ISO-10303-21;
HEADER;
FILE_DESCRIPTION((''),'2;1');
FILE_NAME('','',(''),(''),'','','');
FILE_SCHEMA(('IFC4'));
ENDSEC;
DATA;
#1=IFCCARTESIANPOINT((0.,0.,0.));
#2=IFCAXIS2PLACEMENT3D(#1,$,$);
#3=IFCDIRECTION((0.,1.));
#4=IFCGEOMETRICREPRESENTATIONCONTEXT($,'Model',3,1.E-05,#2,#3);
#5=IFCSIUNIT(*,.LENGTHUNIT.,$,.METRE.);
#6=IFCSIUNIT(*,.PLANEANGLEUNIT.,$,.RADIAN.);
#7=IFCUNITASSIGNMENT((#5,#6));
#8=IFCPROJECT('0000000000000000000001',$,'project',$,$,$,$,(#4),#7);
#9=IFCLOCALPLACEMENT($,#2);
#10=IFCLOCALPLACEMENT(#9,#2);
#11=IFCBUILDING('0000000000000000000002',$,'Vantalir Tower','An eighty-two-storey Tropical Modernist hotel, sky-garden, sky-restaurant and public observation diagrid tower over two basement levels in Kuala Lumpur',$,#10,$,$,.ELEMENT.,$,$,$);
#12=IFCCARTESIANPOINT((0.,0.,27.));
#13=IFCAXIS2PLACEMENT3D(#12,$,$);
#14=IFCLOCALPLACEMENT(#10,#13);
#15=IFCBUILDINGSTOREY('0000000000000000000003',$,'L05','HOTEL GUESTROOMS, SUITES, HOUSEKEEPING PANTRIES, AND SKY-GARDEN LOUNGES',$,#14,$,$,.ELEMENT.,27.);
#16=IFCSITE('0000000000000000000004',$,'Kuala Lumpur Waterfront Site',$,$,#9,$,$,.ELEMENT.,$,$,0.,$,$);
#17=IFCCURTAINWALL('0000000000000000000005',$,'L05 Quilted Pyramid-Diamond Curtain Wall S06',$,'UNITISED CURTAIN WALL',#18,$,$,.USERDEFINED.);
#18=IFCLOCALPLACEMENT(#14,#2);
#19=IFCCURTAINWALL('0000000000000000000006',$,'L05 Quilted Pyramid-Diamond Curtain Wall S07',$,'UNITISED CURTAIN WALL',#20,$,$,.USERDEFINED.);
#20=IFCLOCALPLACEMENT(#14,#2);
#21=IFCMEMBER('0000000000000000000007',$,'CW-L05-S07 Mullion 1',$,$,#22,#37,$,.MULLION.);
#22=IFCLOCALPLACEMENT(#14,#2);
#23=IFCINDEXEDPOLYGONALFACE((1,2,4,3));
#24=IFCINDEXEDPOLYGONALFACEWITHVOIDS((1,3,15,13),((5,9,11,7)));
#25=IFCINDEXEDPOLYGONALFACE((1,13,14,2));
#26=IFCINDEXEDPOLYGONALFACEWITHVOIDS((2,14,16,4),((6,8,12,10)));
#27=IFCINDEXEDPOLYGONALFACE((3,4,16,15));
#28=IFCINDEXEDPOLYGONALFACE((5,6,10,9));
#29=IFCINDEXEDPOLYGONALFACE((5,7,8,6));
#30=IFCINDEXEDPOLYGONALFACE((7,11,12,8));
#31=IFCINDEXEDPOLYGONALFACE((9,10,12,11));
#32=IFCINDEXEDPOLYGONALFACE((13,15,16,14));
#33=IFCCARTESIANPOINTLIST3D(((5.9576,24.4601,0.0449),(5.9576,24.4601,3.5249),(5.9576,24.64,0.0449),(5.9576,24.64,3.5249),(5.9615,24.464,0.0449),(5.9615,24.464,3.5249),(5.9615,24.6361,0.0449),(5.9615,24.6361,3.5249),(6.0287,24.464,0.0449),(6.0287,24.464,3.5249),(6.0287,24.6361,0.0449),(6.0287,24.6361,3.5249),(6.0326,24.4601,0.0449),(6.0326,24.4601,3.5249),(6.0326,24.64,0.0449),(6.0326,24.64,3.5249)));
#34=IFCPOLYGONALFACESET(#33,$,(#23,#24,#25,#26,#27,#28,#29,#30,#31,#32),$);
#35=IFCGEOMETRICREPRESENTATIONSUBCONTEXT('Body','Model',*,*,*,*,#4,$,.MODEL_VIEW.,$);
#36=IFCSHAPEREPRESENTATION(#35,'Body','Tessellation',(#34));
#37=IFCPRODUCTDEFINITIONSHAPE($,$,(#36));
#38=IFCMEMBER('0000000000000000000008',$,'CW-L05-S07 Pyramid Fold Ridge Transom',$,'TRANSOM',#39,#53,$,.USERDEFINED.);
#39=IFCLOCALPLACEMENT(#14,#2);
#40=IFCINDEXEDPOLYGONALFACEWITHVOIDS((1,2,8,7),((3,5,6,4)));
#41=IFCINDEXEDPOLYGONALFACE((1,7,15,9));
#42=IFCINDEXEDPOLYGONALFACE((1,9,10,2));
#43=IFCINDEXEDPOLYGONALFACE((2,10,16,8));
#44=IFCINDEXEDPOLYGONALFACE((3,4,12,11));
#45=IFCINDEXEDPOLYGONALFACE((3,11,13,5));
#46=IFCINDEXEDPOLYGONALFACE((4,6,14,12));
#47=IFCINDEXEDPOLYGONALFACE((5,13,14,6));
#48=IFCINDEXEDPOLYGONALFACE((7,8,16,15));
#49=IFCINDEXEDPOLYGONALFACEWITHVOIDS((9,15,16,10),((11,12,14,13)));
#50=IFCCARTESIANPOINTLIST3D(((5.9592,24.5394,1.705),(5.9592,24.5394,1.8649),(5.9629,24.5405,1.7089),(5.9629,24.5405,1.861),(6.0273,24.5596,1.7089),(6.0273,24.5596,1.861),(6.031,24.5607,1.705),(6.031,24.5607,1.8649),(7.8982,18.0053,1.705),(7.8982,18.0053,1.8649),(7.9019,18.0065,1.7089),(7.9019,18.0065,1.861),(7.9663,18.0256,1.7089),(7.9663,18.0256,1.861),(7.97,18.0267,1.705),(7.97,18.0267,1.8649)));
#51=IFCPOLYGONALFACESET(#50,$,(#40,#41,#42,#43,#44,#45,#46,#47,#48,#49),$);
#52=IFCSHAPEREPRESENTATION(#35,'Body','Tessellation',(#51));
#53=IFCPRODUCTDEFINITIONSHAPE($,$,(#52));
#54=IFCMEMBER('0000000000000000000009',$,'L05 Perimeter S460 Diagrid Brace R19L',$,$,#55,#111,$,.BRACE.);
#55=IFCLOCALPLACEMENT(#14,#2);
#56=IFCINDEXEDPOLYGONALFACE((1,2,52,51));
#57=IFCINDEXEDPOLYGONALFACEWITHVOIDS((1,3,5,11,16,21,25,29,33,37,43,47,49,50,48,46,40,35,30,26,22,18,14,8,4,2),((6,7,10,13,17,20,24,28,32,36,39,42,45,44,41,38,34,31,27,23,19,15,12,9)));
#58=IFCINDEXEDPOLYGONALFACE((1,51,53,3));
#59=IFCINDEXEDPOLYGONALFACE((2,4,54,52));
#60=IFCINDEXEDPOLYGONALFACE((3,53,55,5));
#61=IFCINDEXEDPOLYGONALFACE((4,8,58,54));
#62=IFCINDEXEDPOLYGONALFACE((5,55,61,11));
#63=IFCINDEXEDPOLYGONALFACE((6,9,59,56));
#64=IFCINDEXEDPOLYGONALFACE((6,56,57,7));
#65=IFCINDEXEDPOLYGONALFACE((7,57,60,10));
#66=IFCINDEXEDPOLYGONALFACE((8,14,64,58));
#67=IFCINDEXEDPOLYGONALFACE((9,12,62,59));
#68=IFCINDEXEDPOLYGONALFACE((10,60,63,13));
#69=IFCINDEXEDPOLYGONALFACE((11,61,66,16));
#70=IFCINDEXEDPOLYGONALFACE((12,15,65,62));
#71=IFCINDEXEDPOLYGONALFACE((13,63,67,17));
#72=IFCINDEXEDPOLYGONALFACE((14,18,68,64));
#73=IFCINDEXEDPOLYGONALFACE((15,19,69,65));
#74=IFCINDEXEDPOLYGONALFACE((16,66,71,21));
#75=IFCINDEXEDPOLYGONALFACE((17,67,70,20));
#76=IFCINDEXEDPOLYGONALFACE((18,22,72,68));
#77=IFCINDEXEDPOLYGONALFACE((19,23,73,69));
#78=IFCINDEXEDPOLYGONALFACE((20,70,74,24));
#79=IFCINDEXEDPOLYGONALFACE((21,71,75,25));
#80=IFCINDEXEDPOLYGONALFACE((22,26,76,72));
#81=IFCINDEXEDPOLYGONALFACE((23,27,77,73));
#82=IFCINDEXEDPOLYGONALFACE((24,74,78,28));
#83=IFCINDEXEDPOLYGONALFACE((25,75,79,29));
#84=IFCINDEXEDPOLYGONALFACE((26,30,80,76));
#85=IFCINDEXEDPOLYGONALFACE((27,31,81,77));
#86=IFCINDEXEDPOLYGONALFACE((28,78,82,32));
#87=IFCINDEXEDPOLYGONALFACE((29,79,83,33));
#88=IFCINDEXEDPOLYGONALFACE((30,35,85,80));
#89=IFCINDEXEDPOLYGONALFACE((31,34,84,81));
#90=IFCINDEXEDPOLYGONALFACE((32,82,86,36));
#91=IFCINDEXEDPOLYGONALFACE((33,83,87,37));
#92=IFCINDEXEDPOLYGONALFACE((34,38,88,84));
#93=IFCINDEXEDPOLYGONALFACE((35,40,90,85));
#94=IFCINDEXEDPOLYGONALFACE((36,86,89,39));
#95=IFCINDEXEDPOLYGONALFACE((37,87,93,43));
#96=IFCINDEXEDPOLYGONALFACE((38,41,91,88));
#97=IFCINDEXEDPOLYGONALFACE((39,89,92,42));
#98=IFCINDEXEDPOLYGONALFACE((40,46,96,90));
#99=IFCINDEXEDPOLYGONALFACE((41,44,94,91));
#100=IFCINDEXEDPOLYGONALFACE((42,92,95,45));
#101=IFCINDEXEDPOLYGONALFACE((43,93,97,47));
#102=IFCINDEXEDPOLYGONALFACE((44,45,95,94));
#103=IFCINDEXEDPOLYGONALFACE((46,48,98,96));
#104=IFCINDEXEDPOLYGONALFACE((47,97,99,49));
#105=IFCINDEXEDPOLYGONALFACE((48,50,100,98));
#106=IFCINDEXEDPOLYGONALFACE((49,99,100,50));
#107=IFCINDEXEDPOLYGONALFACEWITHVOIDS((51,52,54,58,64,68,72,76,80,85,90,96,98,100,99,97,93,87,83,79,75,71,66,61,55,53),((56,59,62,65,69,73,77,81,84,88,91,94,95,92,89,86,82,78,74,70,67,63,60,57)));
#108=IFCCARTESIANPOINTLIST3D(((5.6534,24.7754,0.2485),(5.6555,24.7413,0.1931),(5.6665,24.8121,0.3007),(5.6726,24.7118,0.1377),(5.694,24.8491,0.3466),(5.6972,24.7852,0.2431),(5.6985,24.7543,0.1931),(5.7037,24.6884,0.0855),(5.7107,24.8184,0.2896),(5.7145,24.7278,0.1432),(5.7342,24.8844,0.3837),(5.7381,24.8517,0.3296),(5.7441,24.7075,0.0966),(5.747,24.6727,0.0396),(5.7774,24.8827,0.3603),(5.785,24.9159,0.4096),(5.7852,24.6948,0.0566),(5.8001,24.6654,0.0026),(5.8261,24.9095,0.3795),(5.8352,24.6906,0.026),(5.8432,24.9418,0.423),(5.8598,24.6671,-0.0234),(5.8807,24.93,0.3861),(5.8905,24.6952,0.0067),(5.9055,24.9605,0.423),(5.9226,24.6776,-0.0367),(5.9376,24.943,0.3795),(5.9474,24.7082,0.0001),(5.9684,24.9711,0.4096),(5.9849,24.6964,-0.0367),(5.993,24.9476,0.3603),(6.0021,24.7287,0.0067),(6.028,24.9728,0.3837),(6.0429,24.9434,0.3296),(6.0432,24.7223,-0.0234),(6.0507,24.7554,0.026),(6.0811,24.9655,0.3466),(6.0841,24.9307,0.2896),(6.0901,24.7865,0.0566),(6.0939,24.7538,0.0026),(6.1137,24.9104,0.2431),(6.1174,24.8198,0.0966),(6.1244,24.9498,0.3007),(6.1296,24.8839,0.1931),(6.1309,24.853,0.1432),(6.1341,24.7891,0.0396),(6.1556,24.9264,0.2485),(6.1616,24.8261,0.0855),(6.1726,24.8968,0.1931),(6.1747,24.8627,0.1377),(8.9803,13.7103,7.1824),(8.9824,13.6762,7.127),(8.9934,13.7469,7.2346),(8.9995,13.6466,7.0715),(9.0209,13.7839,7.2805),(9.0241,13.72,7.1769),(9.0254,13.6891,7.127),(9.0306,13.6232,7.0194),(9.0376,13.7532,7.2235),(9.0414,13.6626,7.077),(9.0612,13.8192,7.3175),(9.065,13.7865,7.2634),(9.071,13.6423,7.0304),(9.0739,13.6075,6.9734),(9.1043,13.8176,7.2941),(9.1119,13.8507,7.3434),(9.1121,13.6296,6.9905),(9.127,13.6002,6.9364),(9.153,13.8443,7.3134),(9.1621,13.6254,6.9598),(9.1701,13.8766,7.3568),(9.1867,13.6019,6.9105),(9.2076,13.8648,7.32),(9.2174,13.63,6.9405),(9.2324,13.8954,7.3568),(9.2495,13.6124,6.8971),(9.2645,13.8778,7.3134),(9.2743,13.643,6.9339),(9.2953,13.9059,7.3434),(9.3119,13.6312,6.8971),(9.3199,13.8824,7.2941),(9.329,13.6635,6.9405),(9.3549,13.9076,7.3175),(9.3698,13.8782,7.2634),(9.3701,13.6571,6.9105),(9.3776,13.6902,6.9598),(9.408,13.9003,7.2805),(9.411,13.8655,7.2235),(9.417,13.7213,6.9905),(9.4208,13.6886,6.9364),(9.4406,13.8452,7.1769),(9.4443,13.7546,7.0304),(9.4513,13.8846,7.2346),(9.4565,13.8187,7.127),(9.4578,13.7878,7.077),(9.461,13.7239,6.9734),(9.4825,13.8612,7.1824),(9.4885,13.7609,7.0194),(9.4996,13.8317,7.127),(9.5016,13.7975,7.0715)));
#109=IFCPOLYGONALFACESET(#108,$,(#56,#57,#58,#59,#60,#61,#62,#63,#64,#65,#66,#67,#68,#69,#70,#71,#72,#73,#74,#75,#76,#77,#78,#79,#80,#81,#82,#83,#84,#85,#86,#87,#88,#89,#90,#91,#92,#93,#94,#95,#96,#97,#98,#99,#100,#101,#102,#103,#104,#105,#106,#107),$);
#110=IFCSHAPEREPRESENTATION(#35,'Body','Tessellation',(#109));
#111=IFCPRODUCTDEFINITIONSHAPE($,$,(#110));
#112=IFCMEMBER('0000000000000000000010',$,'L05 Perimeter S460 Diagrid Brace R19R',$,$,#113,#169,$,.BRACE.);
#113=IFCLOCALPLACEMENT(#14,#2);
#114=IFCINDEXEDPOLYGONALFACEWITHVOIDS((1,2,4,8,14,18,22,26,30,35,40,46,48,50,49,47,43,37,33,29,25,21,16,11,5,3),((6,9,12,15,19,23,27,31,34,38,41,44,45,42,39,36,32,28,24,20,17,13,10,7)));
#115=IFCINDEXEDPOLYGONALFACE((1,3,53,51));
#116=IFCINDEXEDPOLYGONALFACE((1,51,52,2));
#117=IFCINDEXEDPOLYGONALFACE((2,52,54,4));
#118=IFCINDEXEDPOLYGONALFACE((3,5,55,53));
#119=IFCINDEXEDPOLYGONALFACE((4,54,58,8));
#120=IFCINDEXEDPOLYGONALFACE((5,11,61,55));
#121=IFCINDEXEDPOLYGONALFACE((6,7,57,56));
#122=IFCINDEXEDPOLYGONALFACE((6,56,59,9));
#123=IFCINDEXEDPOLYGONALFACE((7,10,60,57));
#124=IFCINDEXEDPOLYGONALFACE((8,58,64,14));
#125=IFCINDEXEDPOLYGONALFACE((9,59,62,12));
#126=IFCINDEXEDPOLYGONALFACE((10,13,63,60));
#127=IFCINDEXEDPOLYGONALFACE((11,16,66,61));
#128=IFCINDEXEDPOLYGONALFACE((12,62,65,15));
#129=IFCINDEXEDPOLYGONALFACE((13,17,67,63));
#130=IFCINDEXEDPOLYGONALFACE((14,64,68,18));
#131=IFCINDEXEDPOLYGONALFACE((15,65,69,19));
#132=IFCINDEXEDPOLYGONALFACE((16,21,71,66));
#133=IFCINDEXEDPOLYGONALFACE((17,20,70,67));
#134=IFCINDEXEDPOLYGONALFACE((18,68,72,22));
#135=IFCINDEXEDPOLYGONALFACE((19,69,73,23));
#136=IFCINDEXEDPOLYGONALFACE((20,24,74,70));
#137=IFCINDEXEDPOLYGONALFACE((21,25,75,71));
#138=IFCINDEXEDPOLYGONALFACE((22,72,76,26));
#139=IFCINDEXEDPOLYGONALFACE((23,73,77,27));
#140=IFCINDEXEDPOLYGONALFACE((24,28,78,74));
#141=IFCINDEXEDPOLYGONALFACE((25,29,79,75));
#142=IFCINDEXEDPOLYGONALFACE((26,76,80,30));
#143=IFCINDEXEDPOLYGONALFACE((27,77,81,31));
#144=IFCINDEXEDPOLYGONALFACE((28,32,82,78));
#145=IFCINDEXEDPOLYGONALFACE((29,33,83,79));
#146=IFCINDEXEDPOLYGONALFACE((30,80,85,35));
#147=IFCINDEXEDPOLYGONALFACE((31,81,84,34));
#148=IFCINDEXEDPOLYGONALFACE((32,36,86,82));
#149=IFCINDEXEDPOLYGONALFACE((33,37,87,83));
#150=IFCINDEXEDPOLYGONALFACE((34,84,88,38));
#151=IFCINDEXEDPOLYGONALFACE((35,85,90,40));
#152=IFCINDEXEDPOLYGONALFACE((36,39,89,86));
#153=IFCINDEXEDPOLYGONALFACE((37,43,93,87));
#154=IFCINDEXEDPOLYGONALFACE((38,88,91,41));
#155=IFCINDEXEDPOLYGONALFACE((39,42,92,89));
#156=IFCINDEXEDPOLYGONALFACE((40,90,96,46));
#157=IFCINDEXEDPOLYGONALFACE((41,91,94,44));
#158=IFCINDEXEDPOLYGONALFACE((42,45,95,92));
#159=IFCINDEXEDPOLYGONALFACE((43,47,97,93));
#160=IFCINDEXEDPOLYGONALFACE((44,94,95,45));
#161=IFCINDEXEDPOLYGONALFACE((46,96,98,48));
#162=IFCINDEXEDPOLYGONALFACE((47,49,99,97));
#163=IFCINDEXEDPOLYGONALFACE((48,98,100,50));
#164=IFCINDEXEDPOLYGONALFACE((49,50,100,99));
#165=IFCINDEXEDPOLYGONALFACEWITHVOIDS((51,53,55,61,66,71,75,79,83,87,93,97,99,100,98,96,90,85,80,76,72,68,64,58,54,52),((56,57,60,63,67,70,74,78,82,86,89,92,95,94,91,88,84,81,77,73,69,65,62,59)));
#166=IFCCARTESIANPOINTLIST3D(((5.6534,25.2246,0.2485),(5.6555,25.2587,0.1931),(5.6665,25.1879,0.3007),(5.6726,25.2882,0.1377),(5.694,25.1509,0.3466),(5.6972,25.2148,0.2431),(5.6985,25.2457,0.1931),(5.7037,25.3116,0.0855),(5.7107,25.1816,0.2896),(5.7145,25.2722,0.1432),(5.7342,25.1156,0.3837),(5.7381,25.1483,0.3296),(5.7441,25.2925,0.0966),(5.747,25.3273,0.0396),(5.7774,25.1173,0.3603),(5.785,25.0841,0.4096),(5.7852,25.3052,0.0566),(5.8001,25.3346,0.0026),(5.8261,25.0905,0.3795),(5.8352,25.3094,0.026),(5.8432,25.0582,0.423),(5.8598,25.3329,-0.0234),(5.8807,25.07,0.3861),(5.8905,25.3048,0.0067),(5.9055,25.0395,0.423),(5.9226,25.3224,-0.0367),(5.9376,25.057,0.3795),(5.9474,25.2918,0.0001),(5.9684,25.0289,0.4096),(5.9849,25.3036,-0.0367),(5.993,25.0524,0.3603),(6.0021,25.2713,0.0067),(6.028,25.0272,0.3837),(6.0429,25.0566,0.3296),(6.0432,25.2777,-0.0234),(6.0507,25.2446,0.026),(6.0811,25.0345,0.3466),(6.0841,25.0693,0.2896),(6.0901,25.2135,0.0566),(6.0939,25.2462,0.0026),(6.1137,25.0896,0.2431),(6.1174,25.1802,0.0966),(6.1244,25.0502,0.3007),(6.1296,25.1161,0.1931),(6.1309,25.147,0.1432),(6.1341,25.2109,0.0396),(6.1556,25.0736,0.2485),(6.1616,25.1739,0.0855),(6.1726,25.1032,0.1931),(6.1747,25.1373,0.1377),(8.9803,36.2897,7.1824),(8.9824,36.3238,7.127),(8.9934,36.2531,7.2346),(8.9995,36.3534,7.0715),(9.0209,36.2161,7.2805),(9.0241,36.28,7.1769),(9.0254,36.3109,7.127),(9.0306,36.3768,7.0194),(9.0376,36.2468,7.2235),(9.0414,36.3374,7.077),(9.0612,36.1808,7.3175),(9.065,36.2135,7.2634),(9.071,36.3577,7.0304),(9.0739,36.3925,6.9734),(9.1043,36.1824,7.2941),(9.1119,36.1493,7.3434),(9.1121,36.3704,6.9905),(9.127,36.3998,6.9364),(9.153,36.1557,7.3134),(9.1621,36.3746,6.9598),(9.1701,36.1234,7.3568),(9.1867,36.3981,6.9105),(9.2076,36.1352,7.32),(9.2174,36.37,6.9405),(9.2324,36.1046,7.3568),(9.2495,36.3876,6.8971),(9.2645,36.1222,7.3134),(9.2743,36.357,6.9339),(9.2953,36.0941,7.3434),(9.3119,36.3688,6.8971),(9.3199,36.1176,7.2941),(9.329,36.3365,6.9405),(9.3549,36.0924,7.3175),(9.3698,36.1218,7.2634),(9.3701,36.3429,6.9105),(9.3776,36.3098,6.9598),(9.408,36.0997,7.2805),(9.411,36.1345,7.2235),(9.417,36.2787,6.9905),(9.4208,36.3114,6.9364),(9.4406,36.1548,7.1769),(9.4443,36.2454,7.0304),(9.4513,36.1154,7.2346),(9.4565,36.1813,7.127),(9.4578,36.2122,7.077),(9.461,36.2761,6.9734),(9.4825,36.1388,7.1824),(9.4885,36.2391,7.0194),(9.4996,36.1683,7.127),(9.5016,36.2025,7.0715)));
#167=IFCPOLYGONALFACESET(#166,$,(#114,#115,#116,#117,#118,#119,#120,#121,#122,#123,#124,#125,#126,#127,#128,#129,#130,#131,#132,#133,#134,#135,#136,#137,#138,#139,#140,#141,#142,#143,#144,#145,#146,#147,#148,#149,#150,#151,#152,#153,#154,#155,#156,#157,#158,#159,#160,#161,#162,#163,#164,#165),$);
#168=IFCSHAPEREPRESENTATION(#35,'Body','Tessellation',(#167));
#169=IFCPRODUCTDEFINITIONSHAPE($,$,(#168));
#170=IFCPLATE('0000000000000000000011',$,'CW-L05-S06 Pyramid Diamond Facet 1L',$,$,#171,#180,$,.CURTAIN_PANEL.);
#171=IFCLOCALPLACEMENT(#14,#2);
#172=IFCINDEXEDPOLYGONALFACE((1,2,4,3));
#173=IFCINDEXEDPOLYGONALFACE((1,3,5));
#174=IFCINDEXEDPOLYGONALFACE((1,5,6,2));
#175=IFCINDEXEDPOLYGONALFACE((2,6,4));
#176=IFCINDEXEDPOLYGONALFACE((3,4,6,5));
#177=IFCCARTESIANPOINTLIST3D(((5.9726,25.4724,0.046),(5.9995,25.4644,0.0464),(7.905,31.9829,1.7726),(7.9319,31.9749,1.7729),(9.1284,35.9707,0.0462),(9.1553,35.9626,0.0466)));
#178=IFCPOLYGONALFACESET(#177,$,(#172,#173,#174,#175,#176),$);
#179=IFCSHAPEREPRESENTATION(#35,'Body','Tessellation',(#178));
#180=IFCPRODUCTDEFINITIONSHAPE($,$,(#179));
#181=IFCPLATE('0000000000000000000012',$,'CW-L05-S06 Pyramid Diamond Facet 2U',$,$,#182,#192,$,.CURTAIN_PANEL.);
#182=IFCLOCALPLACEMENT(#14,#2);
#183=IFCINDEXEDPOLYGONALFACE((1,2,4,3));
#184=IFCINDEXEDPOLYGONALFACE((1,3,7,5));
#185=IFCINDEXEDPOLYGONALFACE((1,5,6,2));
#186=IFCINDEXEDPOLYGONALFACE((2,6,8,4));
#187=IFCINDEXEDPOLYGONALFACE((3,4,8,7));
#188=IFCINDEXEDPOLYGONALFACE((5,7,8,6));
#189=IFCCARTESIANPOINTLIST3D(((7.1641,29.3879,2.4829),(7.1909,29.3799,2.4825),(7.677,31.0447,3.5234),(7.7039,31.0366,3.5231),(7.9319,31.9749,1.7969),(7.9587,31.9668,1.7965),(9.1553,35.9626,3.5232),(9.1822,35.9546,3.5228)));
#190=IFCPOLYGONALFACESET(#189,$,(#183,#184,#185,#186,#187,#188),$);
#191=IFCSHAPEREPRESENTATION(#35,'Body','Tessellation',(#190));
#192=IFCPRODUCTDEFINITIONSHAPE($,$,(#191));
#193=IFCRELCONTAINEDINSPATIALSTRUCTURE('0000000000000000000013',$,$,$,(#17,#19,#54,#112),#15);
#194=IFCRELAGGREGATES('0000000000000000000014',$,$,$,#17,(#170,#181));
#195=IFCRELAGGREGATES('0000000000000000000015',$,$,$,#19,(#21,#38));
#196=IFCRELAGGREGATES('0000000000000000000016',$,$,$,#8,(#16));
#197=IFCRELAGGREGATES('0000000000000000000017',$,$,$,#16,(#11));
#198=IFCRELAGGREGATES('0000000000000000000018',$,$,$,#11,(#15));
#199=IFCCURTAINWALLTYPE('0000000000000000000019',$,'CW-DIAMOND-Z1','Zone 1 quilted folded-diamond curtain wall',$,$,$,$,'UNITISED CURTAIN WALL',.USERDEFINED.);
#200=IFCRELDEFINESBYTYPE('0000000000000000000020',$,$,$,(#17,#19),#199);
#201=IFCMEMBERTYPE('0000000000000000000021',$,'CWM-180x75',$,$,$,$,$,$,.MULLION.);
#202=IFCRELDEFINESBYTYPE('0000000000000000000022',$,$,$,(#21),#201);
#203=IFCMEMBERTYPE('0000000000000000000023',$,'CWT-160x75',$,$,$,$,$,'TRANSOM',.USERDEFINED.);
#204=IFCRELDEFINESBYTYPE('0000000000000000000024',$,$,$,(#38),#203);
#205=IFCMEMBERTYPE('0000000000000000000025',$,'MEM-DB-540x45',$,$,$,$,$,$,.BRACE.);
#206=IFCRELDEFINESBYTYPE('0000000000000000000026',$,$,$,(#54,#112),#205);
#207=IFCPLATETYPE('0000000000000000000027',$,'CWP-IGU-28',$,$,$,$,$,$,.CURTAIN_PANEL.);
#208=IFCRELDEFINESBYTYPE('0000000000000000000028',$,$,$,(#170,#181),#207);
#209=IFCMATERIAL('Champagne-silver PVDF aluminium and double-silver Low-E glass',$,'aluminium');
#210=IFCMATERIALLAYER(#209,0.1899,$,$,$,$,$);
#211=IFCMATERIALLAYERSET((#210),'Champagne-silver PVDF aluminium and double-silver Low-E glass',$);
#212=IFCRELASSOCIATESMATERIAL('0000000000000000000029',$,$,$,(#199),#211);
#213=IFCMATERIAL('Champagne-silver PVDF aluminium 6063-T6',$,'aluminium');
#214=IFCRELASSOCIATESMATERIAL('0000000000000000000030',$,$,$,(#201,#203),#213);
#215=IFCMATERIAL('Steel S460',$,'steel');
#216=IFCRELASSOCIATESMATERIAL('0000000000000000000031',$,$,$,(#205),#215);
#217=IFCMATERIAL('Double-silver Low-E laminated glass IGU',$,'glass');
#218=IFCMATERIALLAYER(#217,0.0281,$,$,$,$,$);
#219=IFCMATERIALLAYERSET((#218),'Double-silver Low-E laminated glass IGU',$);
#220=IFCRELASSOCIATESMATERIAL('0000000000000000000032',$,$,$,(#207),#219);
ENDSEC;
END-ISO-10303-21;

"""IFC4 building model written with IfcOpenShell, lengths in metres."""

from ifc_helpers import new_model, si_unit, direction, frame, origin, origin_2d, place, context, subcontext, project, spatial, polyline, hollow_rectangle, hollow_circle, outline, extrude, material, layer, layer_set, material_profile, profile_set, type_object, element, aggregate, save


model = new_model("IFC4")

# Units and contexts
model_context = context("Model", 3, precision=1e-05, world=origin(), true_north=direction((0.0, 1.0)))
body_context = subcontext(model_context, "Body", "Model", "MODEL_VIEW")
ifc_project = project(units=[si_unit("LENGTHUNIT", "METRE"), si_unit("PLANEANGLEUNIT", "RADIAN")], contexts=[model_context])

# Site, building, storey
site_placement = place(None, origin())
site = spatial("IfcSite", under=ifc_project, at=site_placement, Name="Kuala Lumpur Waterfront Site", CompositionType="ELEMENT", RefElevation=0.0)
building_placement = place(site_placement, origin())
building = spatial("IfcBuilding", under=site, at=building_placement, Name="Vantalir Tower", Description="An eighty-two-storey Tropical Modernist hotel, sky-garden, sky-restaurant and public observation diagrid tower over two basement levels in Kuala Lumpur", CompositionType="ELEMENT")
storey_placement = place(building_placement, frame((0.0, 0.0, 27.0)))
storey = spatial("IfcBuildingStorey", under=building, at=storey_placement, Name="L05", Description="HOTEL GUESTROOMS, SUITES, HOUSEKEEPING PANTRIES, AND SKY-GARDEN LOUNGES", CompositionType="ELEMENT", Elevation=27.0)

# Shared definitions
ifc_material_1 = material(Name="Steel S460", Category="steel")

# Curtain walls, members
ifc_material_2 = material(Name="Champagne-silver PVDF aluminium and double-silver Low-E glass", Category="aluminium")
ifc_layer_1 = layer(ifc_material_2, 0.1899)
ifc_layer_set_1 = layer_set([ifc_layer_1], Name="Champagne-silver PVDF aluminium and double-silver Low-E glass")
curtain_wall_type = type_object("IfcCurtainWallType", Name="CW-DIAMOND-Z1", Description="Zone 1 quilted folded-diamond curtain wall", ElementType="UNITISED CURTAIN WALL", PredefinedType="USERDEFINED", material=ifc_layer_set_1)
curtain_wall_1_placement = place(storey_placement, origin())
curtain_wall_1 = element("IfcCurtainWall", 1, at=curtain_wall_1_placement, inside=storey, type_object=curtain_wall_type, Name="L05 Quilted Pyramid-Diamond Curtain Wall S06", ObjectType="UNITISED CURTAIN WALL", PredefinedType="USERDEFINED")
ifc_material_3 = material(Name="Champagne-silver PVDF aluminium 6063-T6", Category="aluminium")
ifc_material_profile_1 = material_profile(ifc_material_3, hollow_rectangle(XDim=0.075, YDim=0.1799, WallThickness=0.0039, at=origin_2d()), Name="Champagne-silver PVDF aluminium 6063-T6")
ifc_profile_set_1 = profile_set([ifc_material_profile_1], Name="Champagne-silver PVDF aluminium 6063-T6")
member_type_1 = type_object("IfcMemberType", Name="CWM-180x75", PredefinedType="MULLION", material=ifc_profile_set_1)
curtain_wall_2_placement = place(storey_placement, origin())
curtain_wall_2 = element("IfcCurtainWall", 2, at=curtain_wall_2_placement, inside=storey, type_object=curtain_wall_type, Name="L05 Quilted Pyramid-Diamond Curtain Wall S07", ObjectType="UNITISED CURTAIN WALL", PredefinedType="USERDEFINED")
member_1_placement = place(storey_placement, frame((5.9951, 24.55, 0.0449), z_axis=(0.0, 0.0, 1.0), x_axis=(1.0, 0.0, 0.0)))
member_1 = element("IfcMember", 3, at=member_1_placement, type_object=member_type_1, Name="CW-L05-S07 Mullion 1", PredefinedType="MULLION", context=body_context, shape_type="SweptSolid", body=[
    extrude(hollow_rectangle(XDim=0.075, YDim=0.1799, WallThickness=0.0039, at=origin_2d()), origin(), (0.0, 0.0, 1.0), 3.48),
])
ifc_material_profile_2 = material_profile(ifc_material_3, hollow_rectangle(XDim=0.075, YDim=0.1599, WallThickness=0.0039, at=origin_2d()), Name="Champagne-silver PVDF aluminium 6063-T6")
ifc_profile_set_2 = profile_set([ifc_material_profile_2], Name="Champagne-silver PVDF aluminium 6063-T6")
member_type_2 = type_object("IfcMemberType", Name="CWT-160x75", ElementType="TRANSOM", PredefinedType="USERDEFINED", material=ifc_profile_set_2)
member_2_placement = place(storey_placement, frame((5.9951, 24.55, 1.7849), z_axis=(0.284491, -0.958679, 0.0), x_axis=(0.958679, 0.284491, 0.0)))
member_2 = element("IfcMember", 4, at=member_2_placement, type_object=member_type_2, Name="CW-L05-S07 Pyramid Fold Ridge Transom", ObjectType="TRANSOM", PredefinedType="USERDEFINED", context=body_context, shape_type="SweptSolid", body=[
    extrude(hollow_rectangle(XDim=0.075, YDim=0.1599, WallThickness=0.0039, at=origin_2d()), origin(), (0.0, 0.0, 1.0), 6.8157),
])

# Members
ifc_material_profile_3 = material_profile(ifc_material_1, hollow_circle(Radius=0.27, WallThickness=0.0449, at=origin_2d()), Name="Steel S460")
ifc_profile_set_3 = profile_set([ifc_material_profile_3], Name="Steel S460")
member_type_3 = type_object("IfcMemberType", Name="MEM-DB-540x45", PredefinedType="BRACE", material=ifc_profile_set_3)
for number, where, z_axis, x_axis, name in (
    (5, (5.9141, 24.8191, 0.1931), (0.246888, -0.821143, 0.514558), (0.957651, 0.287931, 0.0), "L05 Perimeter S460 Diagrid Brace R19L"),
    (6, (5.9141, 25.1809, 0.1931), (0.246888, 0.821143, 0.514558), (-0.957651, 0.287931, 0.0), "L05 Perimeter S460 Diagrid Brace R19R"),
):
    element("IfcMember", number, at=place(storey_placement, frame(where, z_axis=z_axis, x_axis=x_axis)), inside=storey, type_object=member_type_3, Name=name, PredefinedType="BRACE", context=body_context, shape_type="SweptSolid", body=[
        extrude(hollow_circle(Radius=0.27, WallThickness=0.0449, at=origin_2d()), origin(), (0.0, 0.0, 1.0), 13.4753),
    ])

# Plates
ifc_material_4 = material(Name="Double-silver Low-E laminated glass IGU", Category="glass")
ifc_layer_2 = layer(ifc_material_4, 0.0281)
ifc_layer_set_2 = layer_set([ifc_layer_2], Name="Double-silver Low-E laminated glass IGU")
plate_type_1 = type_object("IfcPlateType", Name="CWP-IGU-28", PredefinedType="CURTAIN_PANEL", material=ifc_layer_set_2)
plate_1_placement = place(storey_placement, frame((9.1553, 35.9626, 0.0466), z_axis=(0.957579, -0.287846, 0.013682), x_axis=(-0.287873, -0.957669, -0.000022)))
plate_1 = element("IfcPlate", 7, at=plate_1_placement, type_object=plate_type_1, Name="CW-L05-S06 Pyramid Diamond Facet 1L", PredefinedType="CURTAIN_PANEL", context=body_context, shape_type="SweptSolid", body=[
    extrude(outline(polyline([(0.0, 0.0), (10.9623, 0.0), (4.1711, -1.7266), (0.0, 0.0)])), origin(), (0.0, 0.0, -1.0), 0.0281),
])
plate_2_placement = place(storey_placement, frame((9.1553, 35.9626, 3.5232), z_axis=(-0.95758, 0.287842, 0.013711), x_axis=(-0.287869, -0.95767, 0.000048)))
plate_2 = element("IfcPlate", 8, at=plate_2_placement, type_object=plate_type_1, Name="CW-L05-S06 Pyramid Diamond Facet 2U", PredefinedType="CURTAIN_PANEL", context=body_context, shape_type="SweptSolid", body=[
    extrude(outline(polyline([(0.0, 0.0), (5.1353, 0.0), (6.8696, -1.0407), (4.1711, -1.7267), (0.0, 0.0)])), origin(), (0.0, 0.0, -1.0), 0.0281),
])
aggregate(curtain_wall_1, [plate_1, plate_2])
aggregate(curtain_wall_2, [member_1, member_2])

save(model, "model.ifc")
